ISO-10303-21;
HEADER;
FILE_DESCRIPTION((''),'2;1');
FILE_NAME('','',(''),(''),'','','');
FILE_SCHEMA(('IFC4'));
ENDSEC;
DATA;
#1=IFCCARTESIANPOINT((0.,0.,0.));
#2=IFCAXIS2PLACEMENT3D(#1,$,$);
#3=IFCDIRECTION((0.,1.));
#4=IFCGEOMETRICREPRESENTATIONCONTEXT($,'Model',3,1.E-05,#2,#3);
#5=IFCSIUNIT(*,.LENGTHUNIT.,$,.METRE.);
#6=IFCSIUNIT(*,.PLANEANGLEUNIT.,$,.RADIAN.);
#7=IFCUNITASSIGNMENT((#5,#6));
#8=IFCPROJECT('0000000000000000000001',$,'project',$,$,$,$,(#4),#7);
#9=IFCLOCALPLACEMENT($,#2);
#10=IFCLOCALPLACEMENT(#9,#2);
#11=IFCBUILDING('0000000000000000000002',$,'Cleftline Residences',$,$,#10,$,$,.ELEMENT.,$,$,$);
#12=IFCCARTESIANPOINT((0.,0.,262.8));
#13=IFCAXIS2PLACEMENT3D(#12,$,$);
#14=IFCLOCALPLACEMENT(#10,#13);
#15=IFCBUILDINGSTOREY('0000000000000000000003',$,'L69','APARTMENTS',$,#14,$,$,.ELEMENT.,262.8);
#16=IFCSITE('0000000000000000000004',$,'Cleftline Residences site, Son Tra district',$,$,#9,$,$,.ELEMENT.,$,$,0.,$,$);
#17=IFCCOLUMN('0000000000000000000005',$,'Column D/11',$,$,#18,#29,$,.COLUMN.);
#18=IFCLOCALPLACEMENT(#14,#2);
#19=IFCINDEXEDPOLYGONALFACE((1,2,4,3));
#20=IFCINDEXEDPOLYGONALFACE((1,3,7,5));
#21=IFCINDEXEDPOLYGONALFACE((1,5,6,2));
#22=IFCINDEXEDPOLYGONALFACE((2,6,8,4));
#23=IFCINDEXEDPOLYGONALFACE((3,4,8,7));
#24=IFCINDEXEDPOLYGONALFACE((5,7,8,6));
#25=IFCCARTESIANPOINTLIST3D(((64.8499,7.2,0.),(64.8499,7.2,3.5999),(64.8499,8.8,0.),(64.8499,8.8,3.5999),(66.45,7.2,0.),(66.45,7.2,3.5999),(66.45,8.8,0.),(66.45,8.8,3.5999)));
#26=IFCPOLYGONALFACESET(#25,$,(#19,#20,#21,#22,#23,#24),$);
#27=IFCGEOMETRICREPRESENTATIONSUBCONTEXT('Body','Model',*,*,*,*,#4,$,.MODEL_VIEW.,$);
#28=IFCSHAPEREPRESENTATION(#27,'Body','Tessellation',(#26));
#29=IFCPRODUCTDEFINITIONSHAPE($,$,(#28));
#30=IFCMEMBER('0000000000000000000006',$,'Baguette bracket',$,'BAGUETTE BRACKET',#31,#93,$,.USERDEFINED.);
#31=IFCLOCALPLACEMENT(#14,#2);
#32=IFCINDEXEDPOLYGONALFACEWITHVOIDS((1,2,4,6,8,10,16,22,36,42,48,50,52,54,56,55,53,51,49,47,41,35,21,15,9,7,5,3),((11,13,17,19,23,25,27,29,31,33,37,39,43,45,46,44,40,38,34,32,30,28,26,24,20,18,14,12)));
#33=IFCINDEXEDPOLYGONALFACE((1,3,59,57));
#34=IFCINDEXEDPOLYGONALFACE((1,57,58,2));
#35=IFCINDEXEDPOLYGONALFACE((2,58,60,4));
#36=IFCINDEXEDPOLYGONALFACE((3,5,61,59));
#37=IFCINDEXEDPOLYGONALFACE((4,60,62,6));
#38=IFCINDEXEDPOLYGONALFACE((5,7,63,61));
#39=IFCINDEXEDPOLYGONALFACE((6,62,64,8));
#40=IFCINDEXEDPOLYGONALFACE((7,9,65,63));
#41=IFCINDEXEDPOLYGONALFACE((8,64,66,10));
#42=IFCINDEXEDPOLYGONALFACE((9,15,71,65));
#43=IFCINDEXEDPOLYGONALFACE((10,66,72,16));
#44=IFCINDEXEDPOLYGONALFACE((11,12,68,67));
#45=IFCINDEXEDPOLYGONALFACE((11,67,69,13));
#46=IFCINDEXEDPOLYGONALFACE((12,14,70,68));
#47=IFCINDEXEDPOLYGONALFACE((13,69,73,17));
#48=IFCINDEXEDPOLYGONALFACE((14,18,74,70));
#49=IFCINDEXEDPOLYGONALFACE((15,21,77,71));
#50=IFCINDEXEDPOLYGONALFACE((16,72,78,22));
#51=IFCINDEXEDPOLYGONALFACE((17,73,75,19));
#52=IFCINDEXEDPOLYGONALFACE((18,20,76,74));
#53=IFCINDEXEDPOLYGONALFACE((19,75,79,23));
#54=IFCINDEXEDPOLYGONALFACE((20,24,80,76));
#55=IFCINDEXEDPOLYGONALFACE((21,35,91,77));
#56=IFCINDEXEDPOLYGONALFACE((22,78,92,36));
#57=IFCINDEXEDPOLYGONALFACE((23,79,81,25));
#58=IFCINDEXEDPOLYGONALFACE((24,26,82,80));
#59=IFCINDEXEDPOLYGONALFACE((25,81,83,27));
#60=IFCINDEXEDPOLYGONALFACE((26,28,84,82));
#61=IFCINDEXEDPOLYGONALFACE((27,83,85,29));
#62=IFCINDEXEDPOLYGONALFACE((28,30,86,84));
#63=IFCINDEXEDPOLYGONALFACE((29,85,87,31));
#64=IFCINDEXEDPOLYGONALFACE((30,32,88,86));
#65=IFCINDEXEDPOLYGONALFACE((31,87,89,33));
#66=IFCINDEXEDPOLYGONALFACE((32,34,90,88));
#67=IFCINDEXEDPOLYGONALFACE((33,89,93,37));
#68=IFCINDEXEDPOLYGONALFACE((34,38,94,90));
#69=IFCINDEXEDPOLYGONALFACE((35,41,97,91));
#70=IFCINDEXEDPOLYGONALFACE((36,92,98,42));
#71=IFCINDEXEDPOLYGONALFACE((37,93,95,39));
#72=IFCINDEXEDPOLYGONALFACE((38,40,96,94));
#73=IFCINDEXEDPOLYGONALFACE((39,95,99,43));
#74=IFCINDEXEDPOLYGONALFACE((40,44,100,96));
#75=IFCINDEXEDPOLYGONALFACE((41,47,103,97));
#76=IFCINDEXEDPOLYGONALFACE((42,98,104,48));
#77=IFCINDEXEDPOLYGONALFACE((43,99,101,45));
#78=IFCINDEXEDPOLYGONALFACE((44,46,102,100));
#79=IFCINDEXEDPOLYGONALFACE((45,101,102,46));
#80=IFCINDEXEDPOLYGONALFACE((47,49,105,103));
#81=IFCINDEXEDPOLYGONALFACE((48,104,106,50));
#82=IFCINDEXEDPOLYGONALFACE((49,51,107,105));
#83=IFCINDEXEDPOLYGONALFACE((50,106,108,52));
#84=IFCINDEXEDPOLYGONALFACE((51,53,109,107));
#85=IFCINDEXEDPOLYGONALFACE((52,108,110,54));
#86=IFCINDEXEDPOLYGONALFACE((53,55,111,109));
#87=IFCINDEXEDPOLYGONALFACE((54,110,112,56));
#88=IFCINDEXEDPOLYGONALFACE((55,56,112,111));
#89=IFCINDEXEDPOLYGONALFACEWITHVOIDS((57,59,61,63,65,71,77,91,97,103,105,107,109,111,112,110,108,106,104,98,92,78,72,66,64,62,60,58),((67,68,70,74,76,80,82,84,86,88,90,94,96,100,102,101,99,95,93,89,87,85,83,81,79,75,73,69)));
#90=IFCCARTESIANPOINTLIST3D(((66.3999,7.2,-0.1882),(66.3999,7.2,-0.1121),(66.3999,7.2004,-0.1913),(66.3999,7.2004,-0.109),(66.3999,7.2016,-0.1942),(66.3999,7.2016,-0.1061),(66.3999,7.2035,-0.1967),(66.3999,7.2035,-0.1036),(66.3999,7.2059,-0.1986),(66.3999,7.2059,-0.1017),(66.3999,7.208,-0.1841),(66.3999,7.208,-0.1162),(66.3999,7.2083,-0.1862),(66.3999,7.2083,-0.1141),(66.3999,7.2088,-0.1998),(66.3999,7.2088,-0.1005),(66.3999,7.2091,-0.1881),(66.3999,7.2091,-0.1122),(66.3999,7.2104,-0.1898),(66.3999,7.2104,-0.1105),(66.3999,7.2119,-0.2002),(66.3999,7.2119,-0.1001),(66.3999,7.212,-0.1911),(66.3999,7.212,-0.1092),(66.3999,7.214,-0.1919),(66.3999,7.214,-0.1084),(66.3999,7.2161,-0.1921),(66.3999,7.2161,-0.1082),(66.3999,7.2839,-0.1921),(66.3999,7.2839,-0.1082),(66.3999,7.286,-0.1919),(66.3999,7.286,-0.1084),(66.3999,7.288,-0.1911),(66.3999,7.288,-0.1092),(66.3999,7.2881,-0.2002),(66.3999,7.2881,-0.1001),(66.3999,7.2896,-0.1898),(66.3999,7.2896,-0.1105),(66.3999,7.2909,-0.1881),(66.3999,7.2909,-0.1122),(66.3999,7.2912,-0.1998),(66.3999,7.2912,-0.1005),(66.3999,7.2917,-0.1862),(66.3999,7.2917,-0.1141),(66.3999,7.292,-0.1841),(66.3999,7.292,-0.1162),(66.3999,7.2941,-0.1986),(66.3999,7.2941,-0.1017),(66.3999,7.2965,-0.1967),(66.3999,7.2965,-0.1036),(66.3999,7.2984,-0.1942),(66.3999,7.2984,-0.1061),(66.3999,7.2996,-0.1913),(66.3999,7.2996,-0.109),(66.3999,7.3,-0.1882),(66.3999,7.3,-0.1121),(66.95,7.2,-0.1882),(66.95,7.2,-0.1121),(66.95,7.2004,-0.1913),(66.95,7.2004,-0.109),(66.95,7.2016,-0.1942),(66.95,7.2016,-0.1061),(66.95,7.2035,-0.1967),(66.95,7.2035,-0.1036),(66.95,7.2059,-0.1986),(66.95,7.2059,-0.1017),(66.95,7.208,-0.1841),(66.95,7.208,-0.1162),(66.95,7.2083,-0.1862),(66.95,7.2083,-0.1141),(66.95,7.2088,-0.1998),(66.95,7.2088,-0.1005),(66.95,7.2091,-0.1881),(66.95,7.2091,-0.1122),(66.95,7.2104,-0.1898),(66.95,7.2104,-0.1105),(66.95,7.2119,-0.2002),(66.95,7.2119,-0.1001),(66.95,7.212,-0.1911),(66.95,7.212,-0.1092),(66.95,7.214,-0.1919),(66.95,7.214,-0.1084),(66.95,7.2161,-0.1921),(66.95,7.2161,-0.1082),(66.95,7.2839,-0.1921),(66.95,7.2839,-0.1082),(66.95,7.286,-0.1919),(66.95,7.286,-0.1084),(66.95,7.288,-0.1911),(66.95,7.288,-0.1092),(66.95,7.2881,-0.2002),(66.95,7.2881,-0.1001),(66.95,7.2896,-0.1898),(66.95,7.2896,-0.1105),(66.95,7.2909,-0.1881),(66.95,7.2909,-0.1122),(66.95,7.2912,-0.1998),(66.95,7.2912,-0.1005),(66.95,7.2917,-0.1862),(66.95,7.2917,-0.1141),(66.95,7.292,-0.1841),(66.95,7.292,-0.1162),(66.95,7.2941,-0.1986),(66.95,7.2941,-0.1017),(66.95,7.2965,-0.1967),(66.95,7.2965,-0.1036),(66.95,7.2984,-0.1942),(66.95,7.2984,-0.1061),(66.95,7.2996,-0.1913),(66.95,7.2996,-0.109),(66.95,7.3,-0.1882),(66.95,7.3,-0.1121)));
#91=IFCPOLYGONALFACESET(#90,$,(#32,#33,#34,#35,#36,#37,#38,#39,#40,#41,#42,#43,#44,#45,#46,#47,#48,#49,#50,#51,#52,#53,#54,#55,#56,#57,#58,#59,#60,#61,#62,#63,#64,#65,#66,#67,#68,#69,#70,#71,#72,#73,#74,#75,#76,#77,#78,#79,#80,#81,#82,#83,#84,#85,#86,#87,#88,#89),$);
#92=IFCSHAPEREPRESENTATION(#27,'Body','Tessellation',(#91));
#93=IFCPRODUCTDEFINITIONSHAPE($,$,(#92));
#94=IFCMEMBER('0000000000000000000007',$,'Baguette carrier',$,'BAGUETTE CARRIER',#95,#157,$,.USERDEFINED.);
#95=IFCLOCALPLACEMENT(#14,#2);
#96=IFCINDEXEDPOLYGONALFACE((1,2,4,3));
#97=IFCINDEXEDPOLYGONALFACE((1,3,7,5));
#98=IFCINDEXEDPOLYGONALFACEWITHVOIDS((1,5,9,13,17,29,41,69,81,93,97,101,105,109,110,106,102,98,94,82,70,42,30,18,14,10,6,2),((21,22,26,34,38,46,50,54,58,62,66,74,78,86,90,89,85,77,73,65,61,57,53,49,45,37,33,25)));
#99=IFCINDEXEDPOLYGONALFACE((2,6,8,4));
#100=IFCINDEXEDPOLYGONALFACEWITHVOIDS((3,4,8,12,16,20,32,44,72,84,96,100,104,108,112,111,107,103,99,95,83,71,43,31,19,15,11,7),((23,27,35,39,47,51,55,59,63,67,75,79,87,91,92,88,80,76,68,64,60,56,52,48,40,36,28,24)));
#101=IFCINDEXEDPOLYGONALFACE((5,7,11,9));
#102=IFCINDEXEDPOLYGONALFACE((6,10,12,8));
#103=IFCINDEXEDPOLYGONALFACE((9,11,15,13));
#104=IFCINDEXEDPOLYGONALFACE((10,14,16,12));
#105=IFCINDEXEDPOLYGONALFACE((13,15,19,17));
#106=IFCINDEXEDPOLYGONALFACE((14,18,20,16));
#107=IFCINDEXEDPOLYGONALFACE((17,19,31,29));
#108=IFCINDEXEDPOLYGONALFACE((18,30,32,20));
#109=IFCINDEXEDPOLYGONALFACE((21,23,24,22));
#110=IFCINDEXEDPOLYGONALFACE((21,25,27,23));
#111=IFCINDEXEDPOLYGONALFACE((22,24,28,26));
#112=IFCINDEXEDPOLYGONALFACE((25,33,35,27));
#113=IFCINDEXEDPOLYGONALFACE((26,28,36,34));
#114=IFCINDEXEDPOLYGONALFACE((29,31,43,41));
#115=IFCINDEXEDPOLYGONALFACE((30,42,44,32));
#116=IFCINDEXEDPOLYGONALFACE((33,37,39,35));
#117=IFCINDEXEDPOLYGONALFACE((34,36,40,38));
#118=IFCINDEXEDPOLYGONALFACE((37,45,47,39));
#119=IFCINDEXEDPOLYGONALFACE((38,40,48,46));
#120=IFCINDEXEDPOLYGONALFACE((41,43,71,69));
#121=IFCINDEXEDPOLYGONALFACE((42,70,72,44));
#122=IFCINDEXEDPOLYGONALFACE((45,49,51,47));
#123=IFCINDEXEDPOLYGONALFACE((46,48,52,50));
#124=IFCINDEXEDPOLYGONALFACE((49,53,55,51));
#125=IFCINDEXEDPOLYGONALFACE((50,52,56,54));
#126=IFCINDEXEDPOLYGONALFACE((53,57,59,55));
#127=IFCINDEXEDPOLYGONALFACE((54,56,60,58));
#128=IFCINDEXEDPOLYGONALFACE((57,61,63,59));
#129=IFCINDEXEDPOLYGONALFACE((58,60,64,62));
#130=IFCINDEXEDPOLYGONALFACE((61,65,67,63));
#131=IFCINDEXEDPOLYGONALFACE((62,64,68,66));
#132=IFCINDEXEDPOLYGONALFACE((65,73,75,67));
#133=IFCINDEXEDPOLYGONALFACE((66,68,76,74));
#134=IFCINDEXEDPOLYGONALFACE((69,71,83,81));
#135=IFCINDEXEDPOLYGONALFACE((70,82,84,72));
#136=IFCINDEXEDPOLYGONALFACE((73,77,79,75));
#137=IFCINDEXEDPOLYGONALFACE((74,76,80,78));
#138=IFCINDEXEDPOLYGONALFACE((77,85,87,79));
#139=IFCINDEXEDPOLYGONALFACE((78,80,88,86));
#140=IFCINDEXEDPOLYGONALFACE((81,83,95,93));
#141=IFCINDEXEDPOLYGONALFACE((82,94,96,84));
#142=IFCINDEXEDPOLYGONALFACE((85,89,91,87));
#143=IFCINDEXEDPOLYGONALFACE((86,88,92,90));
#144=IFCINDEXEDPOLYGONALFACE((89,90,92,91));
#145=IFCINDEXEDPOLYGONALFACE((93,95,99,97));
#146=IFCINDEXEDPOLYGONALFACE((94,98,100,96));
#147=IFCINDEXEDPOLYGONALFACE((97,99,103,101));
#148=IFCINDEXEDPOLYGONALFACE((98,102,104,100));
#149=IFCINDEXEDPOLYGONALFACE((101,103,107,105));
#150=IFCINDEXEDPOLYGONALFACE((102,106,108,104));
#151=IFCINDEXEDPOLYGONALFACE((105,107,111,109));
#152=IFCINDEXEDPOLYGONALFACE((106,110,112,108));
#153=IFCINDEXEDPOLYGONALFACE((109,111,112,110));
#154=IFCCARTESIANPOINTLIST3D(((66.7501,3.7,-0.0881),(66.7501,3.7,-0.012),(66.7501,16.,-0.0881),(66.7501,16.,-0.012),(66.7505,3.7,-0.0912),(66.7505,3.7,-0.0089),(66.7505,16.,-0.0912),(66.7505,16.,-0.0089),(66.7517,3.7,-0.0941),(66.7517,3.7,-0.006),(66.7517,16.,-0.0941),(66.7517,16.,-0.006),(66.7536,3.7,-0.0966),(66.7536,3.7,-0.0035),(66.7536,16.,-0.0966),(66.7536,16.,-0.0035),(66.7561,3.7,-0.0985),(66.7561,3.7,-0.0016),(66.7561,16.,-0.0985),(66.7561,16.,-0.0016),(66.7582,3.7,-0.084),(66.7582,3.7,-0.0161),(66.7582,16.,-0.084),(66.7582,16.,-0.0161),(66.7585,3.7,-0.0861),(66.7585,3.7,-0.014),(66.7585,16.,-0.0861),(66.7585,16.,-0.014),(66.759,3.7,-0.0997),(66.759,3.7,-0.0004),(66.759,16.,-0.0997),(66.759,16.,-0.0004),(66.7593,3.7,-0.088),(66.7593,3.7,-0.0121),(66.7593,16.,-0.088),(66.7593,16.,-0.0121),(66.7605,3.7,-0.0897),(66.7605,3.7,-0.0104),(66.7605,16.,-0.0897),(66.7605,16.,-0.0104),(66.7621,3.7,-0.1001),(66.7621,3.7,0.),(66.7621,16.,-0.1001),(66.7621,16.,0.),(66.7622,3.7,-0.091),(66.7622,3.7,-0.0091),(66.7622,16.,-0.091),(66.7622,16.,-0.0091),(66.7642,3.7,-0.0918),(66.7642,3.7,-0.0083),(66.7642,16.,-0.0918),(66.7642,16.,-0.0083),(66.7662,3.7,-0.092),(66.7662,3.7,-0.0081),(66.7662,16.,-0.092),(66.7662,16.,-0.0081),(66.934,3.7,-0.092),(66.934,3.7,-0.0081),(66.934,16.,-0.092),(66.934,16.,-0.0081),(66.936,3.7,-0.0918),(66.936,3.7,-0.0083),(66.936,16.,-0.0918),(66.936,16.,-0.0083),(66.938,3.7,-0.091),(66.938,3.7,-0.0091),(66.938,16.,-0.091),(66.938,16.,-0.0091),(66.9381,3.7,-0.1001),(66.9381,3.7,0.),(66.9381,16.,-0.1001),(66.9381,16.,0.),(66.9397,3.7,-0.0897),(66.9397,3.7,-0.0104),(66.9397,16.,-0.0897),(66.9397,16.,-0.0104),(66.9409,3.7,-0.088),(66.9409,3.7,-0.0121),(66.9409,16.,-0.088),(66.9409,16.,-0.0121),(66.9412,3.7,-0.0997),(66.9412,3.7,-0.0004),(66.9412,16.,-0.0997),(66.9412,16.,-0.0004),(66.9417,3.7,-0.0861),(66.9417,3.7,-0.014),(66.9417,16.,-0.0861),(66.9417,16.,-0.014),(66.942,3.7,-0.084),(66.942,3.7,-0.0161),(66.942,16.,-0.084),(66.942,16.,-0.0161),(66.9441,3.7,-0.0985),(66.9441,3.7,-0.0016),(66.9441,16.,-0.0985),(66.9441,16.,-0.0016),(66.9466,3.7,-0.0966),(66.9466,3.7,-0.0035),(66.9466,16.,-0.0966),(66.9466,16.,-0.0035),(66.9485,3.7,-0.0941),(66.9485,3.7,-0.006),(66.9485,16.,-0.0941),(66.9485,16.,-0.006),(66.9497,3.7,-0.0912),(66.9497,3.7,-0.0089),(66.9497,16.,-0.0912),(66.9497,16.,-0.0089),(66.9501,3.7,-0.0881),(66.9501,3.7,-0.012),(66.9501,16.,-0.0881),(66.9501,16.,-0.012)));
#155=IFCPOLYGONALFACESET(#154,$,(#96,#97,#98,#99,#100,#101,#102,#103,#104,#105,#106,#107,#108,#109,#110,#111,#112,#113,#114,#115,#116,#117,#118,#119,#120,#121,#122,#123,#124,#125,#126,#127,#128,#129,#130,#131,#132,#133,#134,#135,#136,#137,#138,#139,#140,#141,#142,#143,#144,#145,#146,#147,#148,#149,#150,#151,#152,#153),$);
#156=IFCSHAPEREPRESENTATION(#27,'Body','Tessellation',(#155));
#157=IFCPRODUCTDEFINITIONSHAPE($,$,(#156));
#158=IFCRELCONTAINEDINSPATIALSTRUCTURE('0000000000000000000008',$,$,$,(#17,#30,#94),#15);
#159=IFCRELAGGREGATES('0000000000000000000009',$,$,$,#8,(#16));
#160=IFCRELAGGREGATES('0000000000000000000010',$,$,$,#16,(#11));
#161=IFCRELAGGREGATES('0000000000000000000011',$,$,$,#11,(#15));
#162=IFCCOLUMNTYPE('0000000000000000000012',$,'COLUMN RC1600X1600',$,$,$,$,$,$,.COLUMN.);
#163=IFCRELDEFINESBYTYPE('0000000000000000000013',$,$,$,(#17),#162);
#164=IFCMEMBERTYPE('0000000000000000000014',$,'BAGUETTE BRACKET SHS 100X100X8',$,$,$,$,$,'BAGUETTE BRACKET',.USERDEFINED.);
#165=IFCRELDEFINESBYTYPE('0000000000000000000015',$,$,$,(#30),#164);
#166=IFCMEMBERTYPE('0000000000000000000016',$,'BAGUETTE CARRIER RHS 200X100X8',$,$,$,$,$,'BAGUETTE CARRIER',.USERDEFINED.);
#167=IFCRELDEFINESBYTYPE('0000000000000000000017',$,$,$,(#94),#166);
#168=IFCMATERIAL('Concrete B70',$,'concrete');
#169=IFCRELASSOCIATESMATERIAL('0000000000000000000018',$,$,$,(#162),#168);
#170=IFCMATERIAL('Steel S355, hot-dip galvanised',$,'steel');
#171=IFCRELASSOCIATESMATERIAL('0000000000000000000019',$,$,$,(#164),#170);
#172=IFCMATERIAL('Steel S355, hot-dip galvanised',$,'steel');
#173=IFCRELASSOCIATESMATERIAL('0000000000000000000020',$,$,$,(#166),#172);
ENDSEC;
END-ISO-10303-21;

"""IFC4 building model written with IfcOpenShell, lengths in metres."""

from ifc_helpers import new_model, si_unit, direction, frame, origin, origin_2d, place, context, subcontext, project, spatial, rectangle, hollow_rectangle, extrude, material, material_profile, profile_set, type_object, element, save


model = new_model("IFC4")

# Units and contexts
model_context = context("Model", 3, precision=1e-05, world=origin(), true_north=direction((0.0, 1.0)))
body_context = subcontext(model_context, "Body", "Model", "MODEL_VIEW")
ifc_project = project(units=[si_unit("LENGTHUNIT", "METRE"), si_unit("PLANEANGLEUNIT", "RADIAN")], contexts=[model_context])

# Site, building, storey
site_placement = place(None, origin())
site = spatial("IfcSite", under=ifc_project, at=site_placement, Name="Cleftline Residences site, Son Tra district", CompositionType="ELEMENT", RefElevation=0.0)
building_placement = place(site_placement, origin())
building = spatial("IfcBuilding", under=site, at=building_placement, Name="Cleftline Residences", CompositionType="ELEMENT")
storey_placement = place(building_placement, frame((0.0, 0.0, 262.8)))
storey = spatial("IfcBuildingStorey", under=building, at=storey_placement, Name="L69", Description="APARTMENTS", CompositionType="ELEMENT", Elevation=262.8)

# Column
ifc_material_1 = material(Name="Concrete B70", Category="concrete")
ifc_material_profile_1 = material_profile(ifc_material_1, rectangle(XDim=1.6001, YDim=1.6001, at=origin_2d()))
ifc_profile_set_1 = profile_set([ifc_material_profile_1], Name="Concrete B70")
column_type = type_object("IfcColumnType", Name="COLUMN RC1600X1600", PredefinedType="COLUMN", material=ifc_profile_set_1)
column_placement = place(storey_placement, frame((65.6499, 8.0, 0.0), z_axis=(0.0, 0.0, 1.0), x_axis=(1.0, 0.0, 0.0)))
element("IfcColumn", 1, at=column_placement, inside=storey, type_object=column_type, Name="Column D/11", PredefinedType="COLUMN", context=body_context, shape_type="SweptSolid", body=[
    extrude(rectangle(XDim=1.6001, YDim=1.6001, at=origin_2d()), origin(), (0.0, 0.0, 1.0), 3.5999),
])

# Members
ifc_material_2 = material(Name="Steel S355, hot-dip galvanised", Category="steel")
ifc_material_profile_2 = material_profile(ifc_material_2, hollow_rectangle(XDim=0.1001, YDim=0.1001, WallThickness=0.0081, InnerFilletRadius=0.0081, OuterFilletRadius=0.012, at=origin_2d()))
ifc_profile_set_2 = profile_set([ifc_material_profile_2], Name="Steel S355, hot-dip galvanised")
member_type_1 = type_object("IfcMemberType", Name="BAGUETTE BRACKET SHS 100X100X8", ElementType="BAGUETTE BRACKET", PredefinedType="USERDEFINED", material=ifc_profile_set_2)
member_1_placement = place(storey_placement, frame((66.3999, 7.25, -0.1501), z_axis=(1.0, 0.0, 0.0), x_axis=(0.0, 1.0, 0.0)))
element("IfcMember", 2, at=member_1_placement, inside=storey, type_object=member_type_1, Name="Baguette bracket", ObjectType="BAGUETTE BRACKET", PredefinedType="USERDEFINED", context=body_context, shape_type="SweptSolid", body=[
    extrude(hollow_rectangle(XDim=0.1001, YDim=0.1001, WallThickness=0.0081, InnerFilletRadius=0.0081, OuterFilletRadius=0.012, at=origin_2d()), origin(), (0.0, 0.0, 1.0), 0.55),
])
ifc_material_3 = material(Name="Steel S355, hot-dip galvanised", Category="steel")
ifc_material_profile_3 = material_profile(ifc_material_3, hollow_rectangle(XDim=0.1001, YDim=0.2, WallThickness=0.0081, InnerFilletRadius=0.0081, OuterFilletRadius=0.012, at=origin_2d()))
ifc_profile_set_3 = profile_set([ifc_material_profile_3], Name="Steel S355, hot-dip galvanised")
member_type_2 = type_object("IfcMemberType", Name="BAGUETTE CARRIER RHS 200X100X8", ElementType="BAGUETTE CARRIER", PredefinedType="USERDEFINED", material=ifc_profile_set_3)
member_2_placement = place(storey_placement, frame((66.8501, 3.7, -0.05), z_axis=(0.0, 1.0, 0.0), x_axis=(0.0, 0.0, 1.0)))
element("IfcMember", 3, at=member_2_placement, inside=storey, type_object=member_type_2, Name="Baguette carrier", ObjectType="BAGUETTE CARRIER", PredefinedType="USERDEFINED", context=body_context, shape_type="SweptSolid", body=[
    extrude(hollow_rectangle(XDim=0.1001, YDim=0.2, WallThickness=0.0081, InnerFilletRadius=0.0081, OuterFilletRadius=0.012, at=origin_2d()), origin(), (0.0, 0.0, 1.0), 12.3),
])

save(model, "model.ifc")
